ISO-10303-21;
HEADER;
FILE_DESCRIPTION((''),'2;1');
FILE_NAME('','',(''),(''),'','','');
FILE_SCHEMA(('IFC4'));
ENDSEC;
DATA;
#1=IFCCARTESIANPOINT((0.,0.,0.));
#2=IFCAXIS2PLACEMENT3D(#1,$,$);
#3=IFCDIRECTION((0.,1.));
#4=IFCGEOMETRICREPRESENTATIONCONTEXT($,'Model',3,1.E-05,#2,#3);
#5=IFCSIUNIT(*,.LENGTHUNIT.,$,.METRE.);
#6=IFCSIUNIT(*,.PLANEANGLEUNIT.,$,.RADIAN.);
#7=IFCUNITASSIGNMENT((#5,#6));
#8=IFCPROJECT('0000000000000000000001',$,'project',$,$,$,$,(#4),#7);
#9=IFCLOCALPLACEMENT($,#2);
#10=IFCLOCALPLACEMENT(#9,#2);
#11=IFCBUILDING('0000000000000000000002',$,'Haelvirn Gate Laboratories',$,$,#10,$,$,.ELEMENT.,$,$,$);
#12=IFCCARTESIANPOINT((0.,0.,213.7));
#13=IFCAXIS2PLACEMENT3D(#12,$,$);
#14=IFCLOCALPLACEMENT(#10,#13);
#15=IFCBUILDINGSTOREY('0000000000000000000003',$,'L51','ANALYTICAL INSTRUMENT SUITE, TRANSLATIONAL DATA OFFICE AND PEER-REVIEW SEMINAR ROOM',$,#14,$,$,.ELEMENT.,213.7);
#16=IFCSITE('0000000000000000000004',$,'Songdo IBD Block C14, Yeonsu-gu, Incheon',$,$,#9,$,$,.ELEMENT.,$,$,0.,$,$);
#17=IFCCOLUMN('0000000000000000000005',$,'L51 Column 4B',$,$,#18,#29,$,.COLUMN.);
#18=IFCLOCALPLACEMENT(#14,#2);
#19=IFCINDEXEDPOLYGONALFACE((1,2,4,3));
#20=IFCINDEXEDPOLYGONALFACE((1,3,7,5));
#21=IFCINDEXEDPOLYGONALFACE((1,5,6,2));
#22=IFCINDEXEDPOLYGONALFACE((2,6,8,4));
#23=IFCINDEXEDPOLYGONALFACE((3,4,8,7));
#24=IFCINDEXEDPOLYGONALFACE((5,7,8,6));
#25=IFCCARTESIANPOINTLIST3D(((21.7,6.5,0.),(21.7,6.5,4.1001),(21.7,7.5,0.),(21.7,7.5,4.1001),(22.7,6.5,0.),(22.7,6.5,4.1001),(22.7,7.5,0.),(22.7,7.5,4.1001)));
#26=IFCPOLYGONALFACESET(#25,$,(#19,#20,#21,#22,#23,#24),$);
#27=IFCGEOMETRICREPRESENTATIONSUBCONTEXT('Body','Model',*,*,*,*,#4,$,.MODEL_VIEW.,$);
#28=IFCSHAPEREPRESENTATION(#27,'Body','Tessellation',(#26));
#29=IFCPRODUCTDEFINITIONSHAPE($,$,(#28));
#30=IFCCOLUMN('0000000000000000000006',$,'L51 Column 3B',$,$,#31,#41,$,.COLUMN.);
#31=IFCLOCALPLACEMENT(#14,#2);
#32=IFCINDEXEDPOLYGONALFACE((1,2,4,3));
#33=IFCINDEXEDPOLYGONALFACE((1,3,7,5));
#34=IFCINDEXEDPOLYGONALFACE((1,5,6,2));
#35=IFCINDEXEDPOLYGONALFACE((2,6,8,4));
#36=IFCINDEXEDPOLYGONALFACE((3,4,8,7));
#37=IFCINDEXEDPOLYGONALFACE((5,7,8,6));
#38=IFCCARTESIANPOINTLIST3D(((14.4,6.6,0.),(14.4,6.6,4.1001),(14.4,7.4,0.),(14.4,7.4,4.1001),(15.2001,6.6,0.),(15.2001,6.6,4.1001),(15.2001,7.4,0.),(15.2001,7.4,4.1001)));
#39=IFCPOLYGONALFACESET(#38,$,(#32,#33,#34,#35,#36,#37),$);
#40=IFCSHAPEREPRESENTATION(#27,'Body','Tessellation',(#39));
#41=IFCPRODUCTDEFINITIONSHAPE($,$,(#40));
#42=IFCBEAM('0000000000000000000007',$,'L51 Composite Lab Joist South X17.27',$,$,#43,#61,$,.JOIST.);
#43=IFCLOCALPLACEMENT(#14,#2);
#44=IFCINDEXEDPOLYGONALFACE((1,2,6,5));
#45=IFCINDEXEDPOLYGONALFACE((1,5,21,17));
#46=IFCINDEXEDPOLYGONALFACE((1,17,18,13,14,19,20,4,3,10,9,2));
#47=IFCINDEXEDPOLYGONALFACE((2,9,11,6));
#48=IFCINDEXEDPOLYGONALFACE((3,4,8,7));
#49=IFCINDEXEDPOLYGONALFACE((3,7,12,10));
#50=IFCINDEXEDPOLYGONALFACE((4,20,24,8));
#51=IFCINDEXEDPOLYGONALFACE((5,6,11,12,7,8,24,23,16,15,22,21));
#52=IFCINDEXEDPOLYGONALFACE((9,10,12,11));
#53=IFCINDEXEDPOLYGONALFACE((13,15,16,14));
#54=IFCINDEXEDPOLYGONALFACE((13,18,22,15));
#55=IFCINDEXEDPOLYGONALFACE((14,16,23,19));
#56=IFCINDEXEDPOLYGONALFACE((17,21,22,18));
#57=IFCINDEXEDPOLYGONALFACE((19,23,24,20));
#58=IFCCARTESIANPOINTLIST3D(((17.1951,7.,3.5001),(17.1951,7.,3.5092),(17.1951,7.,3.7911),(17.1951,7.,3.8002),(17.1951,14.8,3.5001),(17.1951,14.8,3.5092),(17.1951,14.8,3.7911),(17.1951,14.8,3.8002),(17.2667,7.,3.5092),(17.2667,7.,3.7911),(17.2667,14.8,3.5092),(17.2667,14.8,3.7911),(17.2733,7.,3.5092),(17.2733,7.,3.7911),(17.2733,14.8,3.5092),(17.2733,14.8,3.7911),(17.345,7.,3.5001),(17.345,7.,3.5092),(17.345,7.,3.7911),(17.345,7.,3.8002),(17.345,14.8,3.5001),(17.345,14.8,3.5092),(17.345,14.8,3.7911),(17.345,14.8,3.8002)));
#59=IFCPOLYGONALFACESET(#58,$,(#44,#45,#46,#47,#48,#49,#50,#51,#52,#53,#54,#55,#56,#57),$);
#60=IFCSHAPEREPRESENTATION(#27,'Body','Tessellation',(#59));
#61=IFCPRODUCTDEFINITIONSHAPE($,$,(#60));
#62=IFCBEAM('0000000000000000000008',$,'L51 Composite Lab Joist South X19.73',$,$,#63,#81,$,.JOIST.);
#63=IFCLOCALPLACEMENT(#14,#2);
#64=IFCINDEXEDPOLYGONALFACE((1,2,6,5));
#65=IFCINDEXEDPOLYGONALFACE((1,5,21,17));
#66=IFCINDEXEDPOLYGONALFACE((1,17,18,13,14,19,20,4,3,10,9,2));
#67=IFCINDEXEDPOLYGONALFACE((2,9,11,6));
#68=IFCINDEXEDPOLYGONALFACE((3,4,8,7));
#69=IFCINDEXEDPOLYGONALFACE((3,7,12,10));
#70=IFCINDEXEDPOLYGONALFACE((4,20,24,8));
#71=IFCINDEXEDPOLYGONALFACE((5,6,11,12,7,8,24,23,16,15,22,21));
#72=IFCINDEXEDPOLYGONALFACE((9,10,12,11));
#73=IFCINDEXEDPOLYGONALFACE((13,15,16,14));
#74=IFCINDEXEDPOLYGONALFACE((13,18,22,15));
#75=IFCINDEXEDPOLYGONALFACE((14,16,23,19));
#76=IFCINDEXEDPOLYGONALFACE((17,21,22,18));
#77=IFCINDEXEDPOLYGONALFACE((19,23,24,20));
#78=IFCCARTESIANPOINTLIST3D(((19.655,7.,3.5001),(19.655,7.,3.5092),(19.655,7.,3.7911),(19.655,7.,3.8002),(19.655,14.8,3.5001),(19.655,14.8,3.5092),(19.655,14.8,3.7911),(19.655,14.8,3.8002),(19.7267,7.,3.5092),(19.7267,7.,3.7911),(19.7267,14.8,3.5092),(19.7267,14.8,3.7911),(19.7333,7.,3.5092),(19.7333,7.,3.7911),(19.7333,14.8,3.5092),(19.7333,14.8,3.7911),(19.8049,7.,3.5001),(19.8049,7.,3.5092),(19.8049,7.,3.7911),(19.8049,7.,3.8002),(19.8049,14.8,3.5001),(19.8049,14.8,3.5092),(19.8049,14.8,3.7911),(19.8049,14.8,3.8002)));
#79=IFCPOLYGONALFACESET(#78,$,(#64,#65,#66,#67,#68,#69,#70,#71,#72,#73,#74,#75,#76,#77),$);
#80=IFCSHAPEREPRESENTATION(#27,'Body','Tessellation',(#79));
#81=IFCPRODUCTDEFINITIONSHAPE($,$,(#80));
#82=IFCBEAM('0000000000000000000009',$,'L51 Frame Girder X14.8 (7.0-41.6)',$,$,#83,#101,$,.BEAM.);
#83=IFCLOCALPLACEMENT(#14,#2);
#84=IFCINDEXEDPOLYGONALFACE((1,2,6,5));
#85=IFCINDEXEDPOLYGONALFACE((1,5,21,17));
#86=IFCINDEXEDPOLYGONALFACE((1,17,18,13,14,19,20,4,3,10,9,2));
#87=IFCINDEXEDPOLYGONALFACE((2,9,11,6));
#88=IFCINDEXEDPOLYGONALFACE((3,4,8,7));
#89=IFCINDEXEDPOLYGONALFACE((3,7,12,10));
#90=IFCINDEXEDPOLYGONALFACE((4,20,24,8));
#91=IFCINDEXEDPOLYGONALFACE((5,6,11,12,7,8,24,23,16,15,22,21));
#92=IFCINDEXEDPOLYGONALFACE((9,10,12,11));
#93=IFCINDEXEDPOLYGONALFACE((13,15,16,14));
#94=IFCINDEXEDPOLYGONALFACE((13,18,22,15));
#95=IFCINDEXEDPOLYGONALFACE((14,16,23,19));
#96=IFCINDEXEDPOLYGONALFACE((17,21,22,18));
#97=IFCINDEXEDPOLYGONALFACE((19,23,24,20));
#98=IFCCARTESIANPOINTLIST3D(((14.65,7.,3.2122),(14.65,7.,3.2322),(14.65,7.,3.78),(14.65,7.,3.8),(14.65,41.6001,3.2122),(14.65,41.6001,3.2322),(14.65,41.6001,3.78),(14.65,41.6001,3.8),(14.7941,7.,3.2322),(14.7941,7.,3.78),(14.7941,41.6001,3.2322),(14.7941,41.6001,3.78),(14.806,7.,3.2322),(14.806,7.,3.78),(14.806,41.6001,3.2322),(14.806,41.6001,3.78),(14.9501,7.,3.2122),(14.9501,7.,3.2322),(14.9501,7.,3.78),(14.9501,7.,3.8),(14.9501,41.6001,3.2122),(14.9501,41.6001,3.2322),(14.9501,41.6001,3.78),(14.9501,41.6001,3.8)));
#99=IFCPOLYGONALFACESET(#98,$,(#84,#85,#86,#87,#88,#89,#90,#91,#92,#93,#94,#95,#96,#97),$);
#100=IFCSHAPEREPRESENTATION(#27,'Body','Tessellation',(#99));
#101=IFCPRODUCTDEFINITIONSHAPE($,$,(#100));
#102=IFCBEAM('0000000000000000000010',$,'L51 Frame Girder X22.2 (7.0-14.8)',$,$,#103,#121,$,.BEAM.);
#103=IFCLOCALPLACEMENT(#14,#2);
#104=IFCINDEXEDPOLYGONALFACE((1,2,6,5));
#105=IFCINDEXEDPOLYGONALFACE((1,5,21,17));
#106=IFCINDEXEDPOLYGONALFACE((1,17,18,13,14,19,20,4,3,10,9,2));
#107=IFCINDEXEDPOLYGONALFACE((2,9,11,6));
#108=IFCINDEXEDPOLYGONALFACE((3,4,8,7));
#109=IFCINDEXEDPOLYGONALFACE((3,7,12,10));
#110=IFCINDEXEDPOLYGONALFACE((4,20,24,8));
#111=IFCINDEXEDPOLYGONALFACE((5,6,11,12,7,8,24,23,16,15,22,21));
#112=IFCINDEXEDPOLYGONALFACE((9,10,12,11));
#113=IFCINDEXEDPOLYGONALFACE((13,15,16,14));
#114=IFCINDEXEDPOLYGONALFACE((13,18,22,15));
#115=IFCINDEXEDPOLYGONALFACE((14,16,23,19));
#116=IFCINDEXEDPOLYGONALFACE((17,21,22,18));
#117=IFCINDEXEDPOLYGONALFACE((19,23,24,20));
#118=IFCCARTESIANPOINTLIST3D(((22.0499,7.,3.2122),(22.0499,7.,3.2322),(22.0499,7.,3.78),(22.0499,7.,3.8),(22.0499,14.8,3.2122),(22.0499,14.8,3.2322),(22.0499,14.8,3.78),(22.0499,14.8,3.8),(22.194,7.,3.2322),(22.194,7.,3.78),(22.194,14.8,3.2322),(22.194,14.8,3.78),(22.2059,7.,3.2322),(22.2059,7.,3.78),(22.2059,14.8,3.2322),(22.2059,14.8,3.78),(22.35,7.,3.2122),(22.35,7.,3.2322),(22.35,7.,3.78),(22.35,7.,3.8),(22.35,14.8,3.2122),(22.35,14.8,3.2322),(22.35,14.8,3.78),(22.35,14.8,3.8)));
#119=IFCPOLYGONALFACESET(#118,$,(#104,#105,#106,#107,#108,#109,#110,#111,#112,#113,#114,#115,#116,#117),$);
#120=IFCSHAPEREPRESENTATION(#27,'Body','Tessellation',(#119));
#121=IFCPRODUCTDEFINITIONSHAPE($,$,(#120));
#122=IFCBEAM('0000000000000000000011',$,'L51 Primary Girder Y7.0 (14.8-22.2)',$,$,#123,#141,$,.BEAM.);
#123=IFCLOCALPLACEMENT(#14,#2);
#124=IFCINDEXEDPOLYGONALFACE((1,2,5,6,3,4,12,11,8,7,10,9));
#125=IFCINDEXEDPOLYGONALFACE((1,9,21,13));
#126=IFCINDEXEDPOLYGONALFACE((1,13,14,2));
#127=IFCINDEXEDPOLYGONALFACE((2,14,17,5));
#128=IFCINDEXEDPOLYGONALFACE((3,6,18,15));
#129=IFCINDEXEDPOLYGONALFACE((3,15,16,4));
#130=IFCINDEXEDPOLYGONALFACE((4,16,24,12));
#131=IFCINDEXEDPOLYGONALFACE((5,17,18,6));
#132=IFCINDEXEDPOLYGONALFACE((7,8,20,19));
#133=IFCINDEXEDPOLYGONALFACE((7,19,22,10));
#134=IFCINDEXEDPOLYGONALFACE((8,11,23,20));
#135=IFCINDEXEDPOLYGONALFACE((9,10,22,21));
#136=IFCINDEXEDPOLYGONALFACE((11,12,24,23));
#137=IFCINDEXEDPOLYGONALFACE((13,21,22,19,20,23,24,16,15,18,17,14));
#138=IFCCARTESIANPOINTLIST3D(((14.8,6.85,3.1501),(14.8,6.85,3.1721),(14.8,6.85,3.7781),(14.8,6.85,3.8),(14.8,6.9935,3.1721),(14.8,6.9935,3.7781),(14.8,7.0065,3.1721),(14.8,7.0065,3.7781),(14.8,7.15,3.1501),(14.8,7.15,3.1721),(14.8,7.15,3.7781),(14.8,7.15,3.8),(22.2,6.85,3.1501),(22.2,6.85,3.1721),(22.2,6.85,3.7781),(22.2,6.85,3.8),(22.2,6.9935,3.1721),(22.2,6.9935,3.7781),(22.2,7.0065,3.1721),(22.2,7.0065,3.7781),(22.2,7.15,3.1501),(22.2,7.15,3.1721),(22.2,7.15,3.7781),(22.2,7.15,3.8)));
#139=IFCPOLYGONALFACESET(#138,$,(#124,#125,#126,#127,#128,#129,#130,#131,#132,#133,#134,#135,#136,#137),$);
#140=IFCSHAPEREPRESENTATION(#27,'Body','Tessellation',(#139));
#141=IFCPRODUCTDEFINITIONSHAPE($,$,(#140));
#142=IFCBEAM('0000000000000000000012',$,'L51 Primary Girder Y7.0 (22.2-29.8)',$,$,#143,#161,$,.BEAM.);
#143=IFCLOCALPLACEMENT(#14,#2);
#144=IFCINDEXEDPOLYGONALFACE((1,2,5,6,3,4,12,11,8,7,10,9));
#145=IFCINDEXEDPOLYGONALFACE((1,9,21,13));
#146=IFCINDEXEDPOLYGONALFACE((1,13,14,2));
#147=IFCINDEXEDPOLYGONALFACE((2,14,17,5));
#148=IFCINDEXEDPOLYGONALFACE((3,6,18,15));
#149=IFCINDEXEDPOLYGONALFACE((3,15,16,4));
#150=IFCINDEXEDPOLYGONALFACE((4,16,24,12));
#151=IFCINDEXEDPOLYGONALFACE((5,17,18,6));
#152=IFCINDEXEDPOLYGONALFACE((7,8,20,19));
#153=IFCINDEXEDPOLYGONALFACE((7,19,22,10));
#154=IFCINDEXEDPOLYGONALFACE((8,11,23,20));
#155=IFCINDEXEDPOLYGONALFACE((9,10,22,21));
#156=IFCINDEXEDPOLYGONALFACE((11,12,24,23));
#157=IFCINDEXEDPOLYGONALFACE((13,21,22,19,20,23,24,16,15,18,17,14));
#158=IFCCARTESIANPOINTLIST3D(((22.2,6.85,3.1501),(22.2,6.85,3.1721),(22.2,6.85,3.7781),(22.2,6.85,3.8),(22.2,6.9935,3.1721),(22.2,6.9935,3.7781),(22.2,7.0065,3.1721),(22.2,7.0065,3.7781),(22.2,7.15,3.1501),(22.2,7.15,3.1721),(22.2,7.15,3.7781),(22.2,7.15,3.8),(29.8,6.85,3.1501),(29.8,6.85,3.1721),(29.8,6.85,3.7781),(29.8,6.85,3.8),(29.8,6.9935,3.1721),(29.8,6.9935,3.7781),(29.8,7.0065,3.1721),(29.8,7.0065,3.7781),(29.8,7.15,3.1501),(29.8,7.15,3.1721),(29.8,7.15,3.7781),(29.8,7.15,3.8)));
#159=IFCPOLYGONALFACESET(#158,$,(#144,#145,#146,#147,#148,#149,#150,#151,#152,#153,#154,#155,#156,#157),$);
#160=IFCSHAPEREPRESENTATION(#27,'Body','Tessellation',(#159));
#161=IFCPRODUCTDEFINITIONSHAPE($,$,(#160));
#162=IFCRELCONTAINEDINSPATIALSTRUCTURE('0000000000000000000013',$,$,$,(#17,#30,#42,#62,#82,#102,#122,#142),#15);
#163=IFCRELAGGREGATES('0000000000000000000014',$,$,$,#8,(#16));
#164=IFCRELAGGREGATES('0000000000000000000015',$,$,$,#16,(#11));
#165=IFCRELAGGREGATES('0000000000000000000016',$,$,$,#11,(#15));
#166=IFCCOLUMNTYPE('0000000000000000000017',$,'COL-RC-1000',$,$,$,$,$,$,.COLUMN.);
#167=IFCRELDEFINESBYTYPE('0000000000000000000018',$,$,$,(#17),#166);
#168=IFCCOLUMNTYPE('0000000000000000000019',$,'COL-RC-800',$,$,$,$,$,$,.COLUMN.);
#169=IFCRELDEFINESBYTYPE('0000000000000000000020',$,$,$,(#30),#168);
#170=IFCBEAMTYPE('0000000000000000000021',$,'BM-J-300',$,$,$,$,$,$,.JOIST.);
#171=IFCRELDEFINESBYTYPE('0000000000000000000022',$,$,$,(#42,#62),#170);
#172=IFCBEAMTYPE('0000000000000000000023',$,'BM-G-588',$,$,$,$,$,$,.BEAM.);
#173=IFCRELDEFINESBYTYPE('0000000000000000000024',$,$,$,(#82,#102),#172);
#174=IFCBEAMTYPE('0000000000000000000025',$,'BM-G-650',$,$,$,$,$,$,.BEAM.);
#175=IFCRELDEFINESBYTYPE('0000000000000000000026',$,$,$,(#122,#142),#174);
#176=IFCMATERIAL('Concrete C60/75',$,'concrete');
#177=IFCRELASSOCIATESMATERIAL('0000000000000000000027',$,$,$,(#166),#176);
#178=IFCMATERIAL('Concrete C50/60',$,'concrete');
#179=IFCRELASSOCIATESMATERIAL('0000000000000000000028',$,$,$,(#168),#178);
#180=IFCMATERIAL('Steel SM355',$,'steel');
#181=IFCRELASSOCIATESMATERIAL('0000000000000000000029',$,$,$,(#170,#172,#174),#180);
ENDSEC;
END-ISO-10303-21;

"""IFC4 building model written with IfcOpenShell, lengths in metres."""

from ifc_helpers import new_model, si_unit, direction, frame, origin, origin_2d, place, context, subcontext, project, spatial, rectangle, i_section, extrude, source, transform, mapped, material, material_profile, profile_set, type_object, type_shapes, element, save


model = new_model("IFC4")

# Units and contexts
model_context = context("Model", 3, precision=1e-05, world=origin(), true_north=direction((0.0, 1.0)))
body_context = subcontext(model_context, "Body", "Model", "MODEL_VIEW")
ifc_project = project(units=[si_unit("LENGTHUNIT", "METRE"), si_unit("PLANEANGLEUNIT", "RADIAN")], contexts=[model_context])

# Site, building, storey
site_placement = place(None, origin())
site = spatial("IfcSite", under=ifc_project, at=site_placement, Name="Songdo IBD Block C14, Yeonsu-gu, Incheon", CompositionType="ELEMENT", RefElevation=0.0)
building_placement = place(site_placement, origin())
building = spatial("IfcBuilding", under=site, at=building_placement, Name="Haelvirn Gate Laboratories", CompositionType="ELEMENT")
storey_placement = place(building_placement, frame((0.0, 0.0, 213.7)))
storey = spatial("IfcBuildingStorey", under=building, at=storey_placement, Name="L51", Description="ANALYTICAL INSTRUMENT SUITE, TRANSLATIONAL DATA OFFICE AND PEER-REVIEW SEMINAR ROOM", CompositionType="ELEMENT", Elevation=213.7)

# Columns
ifc_material_1 = material(Name="Concrete C60/75", Category="concrete")
ifc_material_profile_1 = material_profile(ifc_material_1, rectangle(XDim=1.0, YDim=1.0, at=origin_2d()), Name="RC-1000x1000")
ifc_profile_set_1 = profile_set([ifc_material_profile_1], Name="Concrete C60/75")
column_type_1 = type_object("IfcColumnType", Name="COL-RC-1000", PredefinedType="COLUMN", material=ifc_profile_set_1)
shared_shape_1 = source(origin(), body_context, "Body", "SweptSolid", [
    extrude(rectangle(XDim=1.0, YDim=1.0, at=origin_2d()), origin(), (0.0, 0.0, 1.0), 4.1001),
])
type_shapes(column_type_1, [shared_shape_1])
column_1_placement = place(storey_placement, frame((22.2, 7.0, 0.0), z_axis=(0.0, 0.0, 1.0), x_axis=(1.0, 0.0, 0.0)))
element("IfcColumn", 1, at=column_1_placement, inside=storey, type_object=column_type_1, Name="L51 Column 4B", PredefinedType="COLUMN", context=body_context, shape_type="MappedRepresentation", body=[
    mapped(shared_shape_1, transform((0.0, 0.0, 0.0), scale=1.0)),
])
ifc_material_2 = material(Name="Concrete C50/60", Category="concrete")
ifc_material_profile_2 = material_profile(ifc_material_2, rectangle(XDim=0.8, YDim=0.8, at=origin_2d()), Name="RC-800x800")
ifc_profile_set_2 = profile_set([ifc_material_profile_2], Name="Concrete C50/60")
column_type_2 = type_object("IfcColumnType", Name="COL-RC-800", PredefinedType="COLUMN", material=ifc_profile_set_2)
shared_shape_2 = source(origin(), body_context, "Body", "SweptSolid", [
    extrude(rectangle(XDim=0.8, YDim=0.8, at=origin_2d()), origin(), (0.0, 0.0, 1.0), 4.1001),
])
type_shapes(column_type_2, [shared_shape_2])
column_2_placement = place(storey_placement, frame((14.8, 7.0, 0.0), z_axis=(0.0, 0.0, 1.0), x_axis=(1.0, 0.0, 0.0)))
element("IfcColumn", 2, at=column_2_placement, inside=storey, type_object=column_type_2, Name="L51 Column 3B", PredefinedType="COLUMN", context=body_context, shape_type="MappedRepresentation", body=[
    mapped(shared_shape_2, transform((0.0, 0.0, 0.0), scale=1.0)),
])

# Beams
ifc_material_3 = material(Name="Steel SM355", Category="steel")
ifc_material_profile_3 = material_profile(ifc_material_3, i_section(OverallWidth=0.1499, OverallDepth=0.3, WebThickness=0.0066, FlangeThickness=0.009, at=origin_2d()), Name="H-300x150x6.5x9")
ifc_profile_set_3 = profile_set([ifc_material_profile_3], Name="Steel SM355")
beam_type_1 = type_object("IfcBeamType", Name="BM-J-300", PredefinedType="JOIST", material=ifc_profile_set_3)
shared_shape_3 = source(origin(), body_context, "Body", "SweptSolid", [
    extrude(i_section(OverallWidth=0.1499, OverallDepth=0.3, WebThickness=0.0066, FlangeThickness=0.009, at=origin_2d()), origin(), (0.0, 0.0, 1.0), 7.8),
])
type_shapes(beam_type_1, [shared_shape_3])
for number, where, z_axis, x_axis, name in (
    (3, (17.27, 7.0, 3.6501), (0.0, 1.0, 0.0), (-1.0, 0.0, 0.0), "L51 Composite Lab Joist South X17.27"),
    (4, (19.73, 7.0, 3.6501), (0.0, 1.0, 0.0), (-1.0, 0.0, 0.0), "L51 Composite Lab Joist South X19.73"),
):
    element("IfcBeam", number, at=place(storey_placement, frame(where, z_axis=z_axis, x_axis=x_axis)), inside=storey, type_object=beam_type_1, Name=name, PredefinedType="JOIST", context=body_context, shape_type="MappedRepresentation", body=[
        mapped(shared_shape_3, transform((0.0, 0.0, 0.0), scale=1.0)),
    ])
ifc_material_profile_4 = material_profile(ifc_material_3, i_section(OverallWidth=0.3, OverallDepth=0.5879, WebThickness=0.012, FlangeThickness=0.02, at=origin_2d()), Name="H-588x300x12x20")
ifc_profile_set_4 = profile_set([ifc_material_profile_4], Name="Steel SM355")
beam_type_2 = type_object("IfcBeamType", Name="BM-G-588", PredefinedType="BEAM", material=ifc_profile_set_4)
shared_shape_4 = source(origin(), body_context, "Body", "SweptSolid", [
    extrude(i_section(OverallWidth=0.3, OverallDepth=0.5879, WebThickness=0.012, FlangeThickness=0.02, at=origin_2d()), origin(), (0.0, 0.0, 1.0), 34.6001),
])
beam_1_placement = place(storey_placement, frame((14.8, 7.0, 3.5061), z_axis=(0.0, 1.0, 0.0), x_axis=(-1.0, 0.0, 0.0)))
element("IfcBeam", 5, at=beam_1_placement, inside=storey, type_object=beam_type_2, Name="L51 Frame Girder X14.8 (7.0-41.6)", PredefinedType="BEAM", context=body_context, shape_type="MappedRepresentation", body=[
    mapped(shared_shape_4, transform((0.0, 0.0, 0.0), scale=1.0)),
])
shared_shape_5 = source(origin(), body_context, "Body", "SweptSolid", [
    extrude(i_section(OverallWidth=0.3, OverallDepth=0.5879, WebThickness=0.012, FlangeThickness=0.02, at=origin_2d()), origin(), (0.0, 0.0, 1.0), 7.8),
])
type_shapes(beam_type_2, [shared_shape_4, shared_shape_5])
beam_2_placement = place(storey_placement, frame((22.2, 7.0, 3.5061), z_axis=(0.0, 1.0, 0.0), x_axis=(-1.0, 0.0, 0.0)))
element("IfcBeam", 6, at=beam_2_placement, inside=storey, type_object=beam_type_2, Name="L51 Frame Girder X22.2 (7.0-14.8)", PredefinedType="BEAM", context=body_context, shape_type="MappedRepresentation", body=[
    mapped(shared_shape_5, transform((0.0, 0.0, 0.0), scale=1.0)),
])
ifc_material_profile_5 = material_profile(ifc_material_3, i_section(OverallWidth=0.3, OverallDepth=0.6499, WebThickness=0.0129, FlangeThickness=0.022, at=origin_2d()), Name="H-650x300x13x22")
ifc_profile_set_5 = profile_set([ifc_material_profile_5], Name="Steel SM355")
beam_type_3 = type_object("IfcBeamType", Name="BM-G-650", PredefinedType="BEAM", material=ifc_profile_set_5)
shared_shape_6 = source(origin(), body_context, "Body", "SweptSolid", [
    extrude(i_section(OverallWidth=0.3, OverallDepth=0.6499, WebThickness=0.0129, FlangeThickness=0.022, at=origin_2d()), origin(), (0.0, 0.0, 1.0), 7.3999),
])
beam_3_placement = place(storey_placement, frame((14.8, 7.0, 3.4751), z_axis=(1.0, 0.0, 0.0), x_axis=(0.0, 1.0, 0.0)))
element("IfcBeam", 7, at=beam_3_placement, inside=storey, type_object=beam_type_3, Name="L51 Primary Girder Y7.0 (14.8-22.2)", PredefinedType="BEAM", context=body_context, shape_type="MappedRepresentation", body=[
    mapped(shared_shape_6, transform((0.0, 0.0, 0.0), scale=1.0)),
])
shared_shape_7 = source(origin(), body_context, "Body", "SweptSolid", [
    extrude(i_section(OverallWidth=0.3, OverallDepth=0.6499, WebThickness=0.0129, FlangeThickness=0.022, at=origin_2d()), origin(), (0.0, 0.0, 1.0), 7.6001),
])
type_shapes(beam_type_3, [shared_shape_6, shared_shape_7])
beam_4_placement = place(storey_placement, frame((22.2, 7.0, 3.4751), z_axis=(1.0, 0.0, 0.0), x_axis=(0.0, 1.0, 0.0)))
element("IfcBeam", 8, at=beam_4_placement, inside=storey, type_object=beam_type_3, Name="L51 Primary Girder Y7.0 (22.2-29.8)", PredefinedType="BEAM", context=body_context, shape_type="MappedRepresentation", body=[
    mapped(shared_shape_7, transform((0.0, 0.0, 0.0), scale=1.0)),
])

save(model, "model.ifc")
